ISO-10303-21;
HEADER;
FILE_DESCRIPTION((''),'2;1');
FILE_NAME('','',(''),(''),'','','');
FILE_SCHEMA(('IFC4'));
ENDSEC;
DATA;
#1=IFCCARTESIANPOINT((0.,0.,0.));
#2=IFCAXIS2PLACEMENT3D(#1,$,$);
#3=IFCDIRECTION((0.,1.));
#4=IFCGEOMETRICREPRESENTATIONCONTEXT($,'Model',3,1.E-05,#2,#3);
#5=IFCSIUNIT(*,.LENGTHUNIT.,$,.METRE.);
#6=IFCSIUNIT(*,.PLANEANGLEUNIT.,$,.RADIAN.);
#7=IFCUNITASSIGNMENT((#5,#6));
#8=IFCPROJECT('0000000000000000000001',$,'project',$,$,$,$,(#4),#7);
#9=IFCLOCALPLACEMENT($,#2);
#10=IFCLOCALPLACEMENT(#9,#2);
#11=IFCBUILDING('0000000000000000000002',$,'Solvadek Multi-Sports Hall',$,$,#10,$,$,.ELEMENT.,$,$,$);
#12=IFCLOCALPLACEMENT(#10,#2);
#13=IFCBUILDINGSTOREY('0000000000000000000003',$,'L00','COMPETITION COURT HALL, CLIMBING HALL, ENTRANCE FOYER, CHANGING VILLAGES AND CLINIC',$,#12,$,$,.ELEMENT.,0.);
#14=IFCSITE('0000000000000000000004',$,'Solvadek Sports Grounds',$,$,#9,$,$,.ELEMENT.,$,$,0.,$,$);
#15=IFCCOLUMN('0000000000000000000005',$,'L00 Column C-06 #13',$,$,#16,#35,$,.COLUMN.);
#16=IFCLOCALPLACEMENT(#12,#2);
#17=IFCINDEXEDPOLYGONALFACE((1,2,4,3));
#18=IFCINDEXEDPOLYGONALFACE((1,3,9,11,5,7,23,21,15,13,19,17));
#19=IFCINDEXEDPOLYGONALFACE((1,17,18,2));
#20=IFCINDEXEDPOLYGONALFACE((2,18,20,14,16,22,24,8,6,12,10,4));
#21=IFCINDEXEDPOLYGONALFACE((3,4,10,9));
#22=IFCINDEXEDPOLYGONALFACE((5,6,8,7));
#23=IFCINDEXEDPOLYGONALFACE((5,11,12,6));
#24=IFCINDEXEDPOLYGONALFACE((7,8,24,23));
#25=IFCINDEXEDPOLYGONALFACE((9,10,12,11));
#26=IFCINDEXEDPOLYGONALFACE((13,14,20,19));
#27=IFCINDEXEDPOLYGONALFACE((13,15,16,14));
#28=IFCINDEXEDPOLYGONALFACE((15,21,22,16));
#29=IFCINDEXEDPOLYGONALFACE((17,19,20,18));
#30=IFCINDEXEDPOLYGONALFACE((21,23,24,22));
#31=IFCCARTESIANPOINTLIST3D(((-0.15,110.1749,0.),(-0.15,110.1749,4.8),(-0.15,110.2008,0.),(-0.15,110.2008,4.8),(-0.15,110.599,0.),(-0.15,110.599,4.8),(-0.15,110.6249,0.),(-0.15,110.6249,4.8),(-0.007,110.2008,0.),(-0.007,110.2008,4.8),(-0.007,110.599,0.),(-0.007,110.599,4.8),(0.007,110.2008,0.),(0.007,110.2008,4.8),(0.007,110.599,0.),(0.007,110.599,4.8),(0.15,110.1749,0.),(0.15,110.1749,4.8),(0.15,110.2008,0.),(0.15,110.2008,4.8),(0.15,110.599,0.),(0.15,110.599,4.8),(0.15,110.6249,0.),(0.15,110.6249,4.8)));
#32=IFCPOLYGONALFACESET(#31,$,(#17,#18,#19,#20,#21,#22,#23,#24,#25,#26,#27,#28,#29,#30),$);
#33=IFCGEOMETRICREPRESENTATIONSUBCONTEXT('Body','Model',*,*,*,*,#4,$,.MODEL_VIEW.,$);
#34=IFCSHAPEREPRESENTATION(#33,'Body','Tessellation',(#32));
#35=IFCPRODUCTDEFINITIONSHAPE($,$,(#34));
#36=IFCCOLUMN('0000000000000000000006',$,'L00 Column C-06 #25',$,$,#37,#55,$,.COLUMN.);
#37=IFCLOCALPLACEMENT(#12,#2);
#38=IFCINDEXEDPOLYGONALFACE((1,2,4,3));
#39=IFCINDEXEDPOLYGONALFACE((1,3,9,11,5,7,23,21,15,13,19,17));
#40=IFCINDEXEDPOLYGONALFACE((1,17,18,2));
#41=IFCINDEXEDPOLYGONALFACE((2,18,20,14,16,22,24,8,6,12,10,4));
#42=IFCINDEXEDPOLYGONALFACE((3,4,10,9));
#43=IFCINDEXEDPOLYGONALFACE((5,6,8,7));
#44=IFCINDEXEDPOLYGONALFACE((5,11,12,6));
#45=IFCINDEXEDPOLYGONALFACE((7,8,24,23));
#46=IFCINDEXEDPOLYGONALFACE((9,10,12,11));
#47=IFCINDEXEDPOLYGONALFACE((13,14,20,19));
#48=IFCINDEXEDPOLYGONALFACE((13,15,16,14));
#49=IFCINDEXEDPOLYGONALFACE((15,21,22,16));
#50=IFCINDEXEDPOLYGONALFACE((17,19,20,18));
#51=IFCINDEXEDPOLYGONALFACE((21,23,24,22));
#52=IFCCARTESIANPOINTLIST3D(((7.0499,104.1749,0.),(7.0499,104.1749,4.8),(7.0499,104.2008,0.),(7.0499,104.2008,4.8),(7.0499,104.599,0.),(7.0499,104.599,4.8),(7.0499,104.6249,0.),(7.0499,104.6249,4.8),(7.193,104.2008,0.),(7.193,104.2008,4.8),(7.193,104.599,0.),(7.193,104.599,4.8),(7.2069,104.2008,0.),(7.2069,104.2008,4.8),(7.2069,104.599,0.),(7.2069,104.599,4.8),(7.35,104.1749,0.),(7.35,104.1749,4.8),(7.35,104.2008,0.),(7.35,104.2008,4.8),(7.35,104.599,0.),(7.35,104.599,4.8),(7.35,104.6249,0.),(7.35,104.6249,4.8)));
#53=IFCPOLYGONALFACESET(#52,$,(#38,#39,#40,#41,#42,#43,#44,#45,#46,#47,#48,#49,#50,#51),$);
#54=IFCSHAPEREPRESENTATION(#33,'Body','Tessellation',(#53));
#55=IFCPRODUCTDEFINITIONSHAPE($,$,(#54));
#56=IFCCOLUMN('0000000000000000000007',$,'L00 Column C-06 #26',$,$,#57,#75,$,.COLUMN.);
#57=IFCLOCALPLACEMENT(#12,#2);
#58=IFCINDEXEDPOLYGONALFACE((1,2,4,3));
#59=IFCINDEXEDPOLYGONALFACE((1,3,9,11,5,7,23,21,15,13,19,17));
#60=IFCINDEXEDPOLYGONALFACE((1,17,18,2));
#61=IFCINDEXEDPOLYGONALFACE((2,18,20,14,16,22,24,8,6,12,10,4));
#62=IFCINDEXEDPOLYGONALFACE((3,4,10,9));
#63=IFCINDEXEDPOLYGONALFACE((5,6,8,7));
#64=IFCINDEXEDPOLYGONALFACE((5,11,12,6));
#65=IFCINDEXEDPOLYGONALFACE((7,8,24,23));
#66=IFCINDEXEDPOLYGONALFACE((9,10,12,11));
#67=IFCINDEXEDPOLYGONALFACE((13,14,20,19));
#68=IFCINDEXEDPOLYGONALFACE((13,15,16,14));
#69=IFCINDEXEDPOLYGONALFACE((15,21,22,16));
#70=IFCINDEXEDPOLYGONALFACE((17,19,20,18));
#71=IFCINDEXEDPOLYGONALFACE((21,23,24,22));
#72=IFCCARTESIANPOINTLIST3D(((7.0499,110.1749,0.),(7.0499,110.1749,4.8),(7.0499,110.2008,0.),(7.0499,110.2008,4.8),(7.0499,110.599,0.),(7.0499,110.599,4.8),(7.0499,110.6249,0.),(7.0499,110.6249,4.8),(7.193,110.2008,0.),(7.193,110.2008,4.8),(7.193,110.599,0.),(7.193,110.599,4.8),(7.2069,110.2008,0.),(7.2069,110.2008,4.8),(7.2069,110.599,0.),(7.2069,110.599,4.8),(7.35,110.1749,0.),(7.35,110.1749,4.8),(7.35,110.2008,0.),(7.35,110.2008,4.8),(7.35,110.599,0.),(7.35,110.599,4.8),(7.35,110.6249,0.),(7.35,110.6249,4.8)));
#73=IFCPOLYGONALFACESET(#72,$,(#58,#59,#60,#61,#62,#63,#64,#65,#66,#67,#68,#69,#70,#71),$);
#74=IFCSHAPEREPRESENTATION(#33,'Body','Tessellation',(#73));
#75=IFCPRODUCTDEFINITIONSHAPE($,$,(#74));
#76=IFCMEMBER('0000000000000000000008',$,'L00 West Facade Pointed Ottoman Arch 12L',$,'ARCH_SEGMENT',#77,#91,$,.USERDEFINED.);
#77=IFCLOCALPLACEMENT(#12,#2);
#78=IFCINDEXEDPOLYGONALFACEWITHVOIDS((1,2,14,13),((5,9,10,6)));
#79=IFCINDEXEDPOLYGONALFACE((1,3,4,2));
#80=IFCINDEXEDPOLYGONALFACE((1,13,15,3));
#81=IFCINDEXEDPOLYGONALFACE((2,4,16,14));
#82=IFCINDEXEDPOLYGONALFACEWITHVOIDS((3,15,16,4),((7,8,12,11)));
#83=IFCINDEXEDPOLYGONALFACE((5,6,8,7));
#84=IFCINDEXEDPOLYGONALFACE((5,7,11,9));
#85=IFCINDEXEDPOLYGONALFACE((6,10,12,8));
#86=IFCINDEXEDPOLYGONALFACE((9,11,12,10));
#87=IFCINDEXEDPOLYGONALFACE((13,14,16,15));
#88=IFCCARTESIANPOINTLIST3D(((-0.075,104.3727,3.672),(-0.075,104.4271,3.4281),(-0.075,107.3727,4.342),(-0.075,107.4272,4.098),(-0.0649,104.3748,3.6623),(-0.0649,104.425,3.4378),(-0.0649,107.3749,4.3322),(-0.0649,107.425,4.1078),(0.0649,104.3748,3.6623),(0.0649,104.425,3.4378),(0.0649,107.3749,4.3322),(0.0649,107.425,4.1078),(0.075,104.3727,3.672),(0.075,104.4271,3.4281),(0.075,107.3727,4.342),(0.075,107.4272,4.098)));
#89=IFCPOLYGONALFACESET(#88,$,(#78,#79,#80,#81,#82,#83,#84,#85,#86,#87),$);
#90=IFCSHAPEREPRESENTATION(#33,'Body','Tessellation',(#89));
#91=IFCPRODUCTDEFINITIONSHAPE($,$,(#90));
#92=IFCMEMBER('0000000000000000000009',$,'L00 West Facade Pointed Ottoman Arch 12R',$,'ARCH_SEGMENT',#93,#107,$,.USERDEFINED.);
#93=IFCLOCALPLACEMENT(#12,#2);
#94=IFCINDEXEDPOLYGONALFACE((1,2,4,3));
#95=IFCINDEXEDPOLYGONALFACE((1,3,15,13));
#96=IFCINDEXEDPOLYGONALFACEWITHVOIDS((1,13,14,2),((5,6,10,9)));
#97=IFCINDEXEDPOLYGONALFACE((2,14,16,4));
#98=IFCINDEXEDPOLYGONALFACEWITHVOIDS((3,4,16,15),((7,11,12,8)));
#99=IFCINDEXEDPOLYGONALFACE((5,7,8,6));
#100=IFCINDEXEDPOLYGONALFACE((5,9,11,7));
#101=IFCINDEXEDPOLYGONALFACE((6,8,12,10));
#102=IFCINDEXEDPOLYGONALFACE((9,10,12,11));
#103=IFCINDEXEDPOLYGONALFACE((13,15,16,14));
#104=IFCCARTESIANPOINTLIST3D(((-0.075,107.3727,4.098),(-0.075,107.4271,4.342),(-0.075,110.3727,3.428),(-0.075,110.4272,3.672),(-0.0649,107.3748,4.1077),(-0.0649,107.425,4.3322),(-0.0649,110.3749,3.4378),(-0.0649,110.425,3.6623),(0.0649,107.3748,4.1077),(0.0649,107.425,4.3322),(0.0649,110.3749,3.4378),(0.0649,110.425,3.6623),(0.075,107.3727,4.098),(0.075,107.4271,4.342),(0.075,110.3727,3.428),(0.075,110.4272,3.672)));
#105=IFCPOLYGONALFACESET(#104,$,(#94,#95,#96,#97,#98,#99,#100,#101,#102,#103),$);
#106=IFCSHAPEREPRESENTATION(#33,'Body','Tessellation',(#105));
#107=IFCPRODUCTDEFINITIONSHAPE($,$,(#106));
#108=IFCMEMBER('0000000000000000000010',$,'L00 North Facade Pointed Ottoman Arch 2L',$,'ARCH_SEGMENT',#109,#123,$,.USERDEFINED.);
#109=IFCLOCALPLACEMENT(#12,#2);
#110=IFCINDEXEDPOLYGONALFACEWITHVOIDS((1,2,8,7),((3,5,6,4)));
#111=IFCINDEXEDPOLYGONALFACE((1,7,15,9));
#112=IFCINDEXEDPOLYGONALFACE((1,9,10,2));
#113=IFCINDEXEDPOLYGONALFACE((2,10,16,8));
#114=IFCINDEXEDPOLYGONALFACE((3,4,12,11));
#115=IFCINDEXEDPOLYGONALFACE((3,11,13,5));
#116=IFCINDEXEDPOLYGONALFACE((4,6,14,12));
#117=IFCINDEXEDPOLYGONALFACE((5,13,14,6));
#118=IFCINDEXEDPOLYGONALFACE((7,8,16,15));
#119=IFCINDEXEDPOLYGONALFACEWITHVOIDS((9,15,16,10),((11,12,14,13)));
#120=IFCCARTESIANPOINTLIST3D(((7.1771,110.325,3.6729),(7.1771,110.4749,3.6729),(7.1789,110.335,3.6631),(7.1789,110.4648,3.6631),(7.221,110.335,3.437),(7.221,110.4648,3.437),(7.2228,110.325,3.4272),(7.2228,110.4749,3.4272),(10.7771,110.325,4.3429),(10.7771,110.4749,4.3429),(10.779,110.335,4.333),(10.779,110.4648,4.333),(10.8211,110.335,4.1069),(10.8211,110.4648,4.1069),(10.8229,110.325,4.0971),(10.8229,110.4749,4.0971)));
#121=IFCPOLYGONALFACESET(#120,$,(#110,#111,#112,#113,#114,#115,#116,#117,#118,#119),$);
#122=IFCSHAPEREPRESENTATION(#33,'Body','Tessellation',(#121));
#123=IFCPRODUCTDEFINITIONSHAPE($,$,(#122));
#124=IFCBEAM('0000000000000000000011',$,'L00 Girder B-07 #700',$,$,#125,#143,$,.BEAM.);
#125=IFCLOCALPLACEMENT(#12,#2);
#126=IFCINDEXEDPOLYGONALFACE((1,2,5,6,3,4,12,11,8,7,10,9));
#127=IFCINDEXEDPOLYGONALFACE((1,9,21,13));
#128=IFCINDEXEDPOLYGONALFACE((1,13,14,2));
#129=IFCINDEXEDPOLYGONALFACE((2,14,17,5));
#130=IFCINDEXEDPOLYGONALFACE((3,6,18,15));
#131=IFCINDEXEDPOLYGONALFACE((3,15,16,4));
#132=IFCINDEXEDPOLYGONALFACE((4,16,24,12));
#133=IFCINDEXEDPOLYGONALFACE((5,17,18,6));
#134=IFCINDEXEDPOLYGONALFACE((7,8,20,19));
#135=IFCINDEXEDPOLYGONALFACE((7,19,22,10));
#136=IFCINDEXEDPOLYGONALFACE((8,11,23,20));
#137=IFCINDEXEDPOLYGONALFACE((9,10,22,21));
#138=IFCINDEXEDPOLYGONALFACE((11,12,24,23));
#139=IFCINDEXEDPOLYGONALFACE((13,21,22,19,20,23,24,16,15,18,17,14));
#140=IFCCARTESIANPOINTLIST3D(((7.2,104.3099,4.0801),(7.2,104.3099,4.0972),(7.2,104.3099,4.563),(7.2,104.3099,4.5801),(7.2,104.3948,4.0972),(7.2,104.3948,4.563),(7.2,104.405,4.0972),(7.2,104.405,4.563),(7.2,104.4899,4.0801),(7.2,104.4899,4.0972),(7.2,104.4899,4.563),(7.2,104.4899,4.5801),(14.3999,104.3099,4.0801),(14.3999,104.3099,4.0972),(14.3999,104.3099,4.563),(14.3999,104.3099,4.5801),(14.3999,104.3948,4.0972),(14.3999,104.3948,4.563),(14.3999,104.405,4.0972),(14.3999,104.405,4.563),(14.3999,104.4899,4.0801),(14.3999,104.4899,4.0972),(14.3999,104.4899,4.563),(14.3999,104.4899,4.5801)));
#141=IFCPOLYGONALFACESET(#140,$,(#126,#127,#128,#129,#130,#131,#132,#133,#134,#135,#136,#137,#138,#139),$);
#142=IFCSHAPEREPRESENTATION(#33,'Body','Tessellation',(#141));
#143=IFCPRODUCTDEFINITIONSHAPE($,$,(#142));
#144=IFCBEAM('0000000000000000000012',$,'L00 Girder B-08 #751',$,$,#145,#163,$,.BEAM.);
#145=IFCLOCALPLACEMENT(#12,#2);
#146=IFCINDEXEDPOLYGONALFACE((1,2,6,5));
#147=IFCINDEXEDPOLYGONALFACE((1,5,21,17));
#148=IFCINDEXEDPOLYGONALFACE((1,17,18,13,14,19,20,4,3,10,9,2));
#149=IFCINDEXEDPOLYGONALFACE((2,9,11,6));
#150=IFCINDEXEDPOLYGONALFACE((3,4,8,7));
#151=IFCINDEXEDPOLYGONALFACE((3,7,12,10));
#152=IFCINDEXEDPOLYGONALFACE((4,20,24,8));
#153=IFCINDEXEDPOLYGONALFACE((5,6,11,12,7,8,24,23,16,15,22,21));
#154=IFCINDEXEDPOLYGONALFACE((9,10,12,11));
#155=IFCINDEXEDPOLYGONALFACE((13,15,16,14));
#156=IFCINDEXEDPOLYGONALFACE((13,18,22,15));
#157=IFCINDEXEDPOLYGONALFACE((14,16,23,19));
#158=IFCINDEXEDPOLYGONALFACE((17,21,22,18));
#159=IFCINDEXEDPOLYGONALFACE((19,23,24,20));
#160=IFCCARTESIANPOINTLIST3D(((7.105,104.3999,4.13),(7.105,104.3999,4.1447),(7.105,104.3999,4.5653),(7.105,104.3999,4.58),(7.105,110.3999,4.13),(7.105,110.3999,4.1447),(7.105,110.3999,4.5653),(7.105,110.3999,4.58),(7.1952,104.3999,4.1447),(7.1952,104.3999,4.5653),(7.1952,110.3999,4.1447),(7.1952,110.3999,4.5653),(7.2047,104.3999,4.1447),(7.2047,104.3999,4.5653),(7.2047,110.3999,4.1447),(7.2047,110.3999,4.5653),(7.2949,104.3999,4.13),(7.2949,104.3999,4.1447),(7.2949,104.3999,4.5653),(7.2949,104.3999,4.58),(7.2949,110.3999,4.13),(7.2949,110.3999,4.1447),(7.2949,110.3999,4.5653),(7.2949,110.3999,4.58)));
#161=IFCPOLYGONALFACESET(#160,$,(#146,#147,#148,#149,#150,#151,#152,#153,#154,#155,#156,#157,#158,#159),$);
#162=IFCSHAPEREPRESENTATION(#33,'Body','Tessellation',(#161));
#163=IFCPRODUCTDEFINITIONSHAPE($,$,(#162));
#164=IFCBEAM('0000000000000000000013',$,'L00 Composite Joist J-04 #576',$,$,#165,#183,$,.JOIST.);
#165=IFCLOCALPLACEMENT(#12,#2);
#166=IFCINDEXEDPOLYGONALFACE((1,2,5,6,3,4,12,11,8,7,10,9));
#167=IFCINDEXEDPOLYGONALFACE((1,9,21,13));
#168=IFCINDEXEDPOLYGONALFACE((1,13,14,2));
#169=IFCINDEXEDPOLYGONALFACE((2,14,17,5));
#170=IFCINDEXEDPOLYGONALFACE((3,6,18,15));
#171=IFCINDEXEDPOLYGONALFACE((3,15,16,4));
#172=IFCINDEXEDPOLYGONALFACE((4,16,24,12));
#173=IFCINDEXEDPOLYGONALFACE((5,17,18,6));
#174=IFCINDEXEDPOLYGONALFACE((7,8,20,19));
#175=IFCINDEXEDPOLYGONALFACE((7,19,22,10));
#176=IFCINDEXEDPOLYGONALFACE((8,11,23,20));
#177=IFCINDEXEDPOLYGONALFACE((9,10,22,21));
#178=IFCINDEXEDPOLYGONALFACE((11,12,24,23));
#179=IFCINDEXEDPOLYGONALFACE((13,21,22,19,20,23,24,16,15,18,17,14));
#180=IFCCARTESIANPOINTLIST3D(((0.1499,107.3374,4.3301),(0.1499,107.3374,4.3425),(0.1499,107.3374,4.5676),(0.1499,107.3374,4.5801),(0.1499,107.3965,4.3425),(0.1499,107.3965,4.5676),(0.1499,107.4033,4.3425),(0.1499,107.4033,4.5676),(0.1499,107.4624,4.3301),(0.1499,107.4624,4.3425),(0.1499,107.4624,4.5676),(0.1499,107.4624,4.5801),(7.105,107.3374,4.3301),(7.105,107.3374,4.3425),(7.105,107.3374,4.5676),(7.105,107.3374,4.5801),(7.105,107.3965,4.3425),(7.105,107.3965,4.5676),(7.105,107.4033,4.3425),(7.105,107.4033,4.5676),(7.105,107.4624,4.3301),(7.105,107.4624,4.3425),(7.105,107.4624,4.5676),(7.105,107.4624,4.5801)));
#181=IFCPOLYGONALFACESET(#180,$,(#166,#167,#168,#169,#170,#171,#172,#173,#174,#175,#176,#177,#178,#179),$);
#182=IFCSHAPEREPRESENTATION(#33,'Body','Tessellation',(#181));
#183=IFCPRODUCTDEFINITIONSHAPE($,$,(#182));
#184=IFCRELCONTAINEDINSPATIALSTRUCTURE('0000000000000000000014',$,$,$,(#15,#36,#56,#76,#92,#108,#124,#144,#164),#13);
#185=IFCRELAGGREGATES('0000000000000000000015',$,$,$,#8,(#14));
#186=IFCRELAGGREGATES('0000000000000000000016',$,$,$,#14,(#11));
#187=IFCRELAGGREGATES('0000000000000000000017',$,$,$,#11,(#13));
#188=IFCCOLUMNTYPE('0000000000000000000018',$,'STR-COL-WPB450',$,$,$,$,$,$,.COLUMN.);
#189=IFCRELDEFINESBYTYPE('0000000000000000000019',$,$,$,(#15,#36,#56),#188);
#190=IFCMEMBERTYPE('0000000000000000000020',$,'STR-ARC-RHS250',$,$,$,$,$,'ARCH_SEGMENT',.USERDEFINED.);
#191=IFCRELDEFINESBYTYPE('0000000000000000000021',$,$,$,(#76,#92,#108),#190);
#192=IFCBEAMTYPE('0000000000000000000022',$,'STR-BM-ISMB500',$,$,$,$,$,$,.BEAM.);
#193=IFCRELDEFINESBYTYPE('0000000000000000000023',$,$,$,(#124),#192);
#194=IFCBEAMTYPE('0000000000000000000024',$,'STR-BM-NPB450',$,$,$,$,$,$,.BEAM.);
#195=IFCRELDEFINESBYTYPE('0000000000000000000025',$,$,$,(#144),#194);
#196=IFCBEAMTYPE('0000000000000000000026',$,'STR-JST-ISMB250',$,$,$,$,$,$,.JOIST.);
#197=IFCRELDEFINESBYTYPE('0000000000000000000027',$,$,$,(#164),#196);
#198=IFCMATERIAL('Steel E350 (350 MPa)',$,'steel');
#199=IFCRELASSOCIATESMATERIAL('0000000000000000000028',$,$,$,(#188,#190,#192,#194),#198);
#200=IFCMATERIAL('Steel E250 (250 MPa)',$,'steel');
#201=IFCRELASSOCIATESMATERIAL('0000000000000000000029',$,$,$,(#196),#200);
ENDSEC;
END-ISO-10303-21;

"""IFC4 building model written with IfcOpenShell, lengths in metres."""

from ifc_helpers import new_model, si_unit, direction, frame, origin, origin_2d, place, context, subcontext, project, spatial, hollow_rectangle, i_section, extrude, material, material_profile, profile_set, type_object, element, save


model = new_model("IFC4")

# Units and contexts
model_context = context("Model", 3, precision=1e-05, world=origin(), true_north=direction((0.0, 1.0)))
body_context = subcontext(model_context, "Body", "Model", "MODEL_VIEW")
ifc_project = project(units=[si_unit("LENGTHUNIT", "METRE"), si_unit("PLANEANGLEUNIT", "RADIAN")], contexts=[model_context])

# Site, building, storey
site_placement = place(None, origin())
site = spatial("IfcSite", under=ifc_project, at=site_placement, Name="Solvadek Sports Grounds", CompositionType="ELEMENT", RefElevation=0.0)
building_placement = place(site_placement, origin())
building = spatial("IfcBuilding", under=site, at=building_placement, Name="Solvadek Multi-Sports Hall", CompositionType="ELEMENT")
storey_placement = place(building_placement, origin())
storey = spatial("IfcBuildingStorey", under=building, at=storey_placement, Name="L00", Description="COMPETITION COURT HALL, CLIMBING HALL, ENTRANCE FOYER, CHANGING VILLAGES AND CLINIC", CompositionType="ELEMENT", Elevation=0.0)

# Columns
ifc_material_1 = material(Name="Steel E350 (350 MPa)", Category="steel")
ifc_material_profile_1 = material_profile(ifc_material_1, i_section(OverallWidth=0.3, OverallDepth=0.45, WebThickness=0.0139, FlangeThickness=0.0259, at=origin_2d()), Name="WPB 450")
ifc_profile_set_1 = profile_set([ifc_material_profile_1], Name="Steel E350 (350 MPa)")
column_type = type_object("IfcColumnType", Name="STR-COL-WPB450", PredefinedType="COLUMN", material=ifc_profile_set_1)
for number, where, z_axis, x_axis, name in (
    (1, (0.0, 110.3999, 0.0), (0.0, 0.0, 1.0), (1.0, 0.0, 0.0), "L00 Column C-06 #13"),
    (2, (7.2, 104.3999, 0.0), (0.0, 0.0, 1.0), (1.0, 0.0, 0.0), "L00 Column C-06 #25"),
    (3, (7.2, 110.3999, 0.0), (0.0, 0.0, 1.0), (1.0, 0.0, 0.0), "L00 Column C-06 #26"),
):
    element("IfcColumn", number, at=place(storey_placement, frame(where, z_axis=z_axis, x_axis=x_axis)), inside=storey, type_object=column_type, Name=name, PredefinedType="COLUMN", context=body_context, shape_type="SweptSolid", body=[
        extrude(i_section(OverallWidth=0.3, OverallDepth=0.45, WebThickness=0.0139, FlangeThickness=0.0259, at=origin_2d()), origin(), (0.0, 0.0, 1.0), 4.8),
    ])

# Members
ifc_material_profile_2 = material_profile(ifc_material_1, hollow_rectangle(XDim=0.1499, YDim=0.25, WallThickness=0.01, at=origin_2d()), Name="RHS 250x150x10")
ifc_profile_set_2 = profile_set([ifc_material_profile_2], Name="Steel E350 (350 MPa)")
member_type = type_object("IfcMemberType", Name="STR-ARC-RHS250", ElementType="ARCH_SEGMENT", PredefinedType="USERDEFINED", material=ifc_profile_set_2)
for number, where, z_axis, x_axis, name in (
    (4, (0.0, 104.3999, 3.55), (0.0, 0.975962, 0.217939), (-1.0, 0.0, 0.0), "L00 West Facade Pointed Ottoman Arch 12L"),
    (5, (0.0, 107.3999, 4.22), (0.0, 0.975962, -0.217939), (-1.0, 0.0, 0.0), "L00 West Facade Pointed Ottoman Arch 12R"),
):
    element("IfcMember", number, at=place(storey_placement, frame(where, z_axis=z_axis, x_axis=x_axis)), inside=storey, type_object=member_type, Name=name, ObjectType="ARCH_SEGMENT", PredefinedType="USERDEFINED", context=body_context, shape_type="SweptSolid", body=[
        extrude(hollow_rectangle(XDim=0.1499, YDim=0.25, WallThickness=0.01, at=origin_2d()), origin(), (0.0, 0.0, 1.0), 3.074),
    ])
member_placement = place(storey_placement, frame((7.2, 110.3999, 3.55), z_axis=(0.983123, 0.0, 0.182944), x_axis=(0.0, 1.0, 0.0)))
element("IfcMember", 6, at=member_placement, inside=storey, type_object=member_type, Name="L00 North Facade Pointed Ottoman Arch 2L", ObjectType="ARCH_SEGMENT", PredefinedType="USERDEFINED", context=body_context, shape_type="SweptSolid", body=[
    extrude(hollow_rectangle(XDim=0.1499, YDim=0.25, WallThickness=0.01, at=origin_2d()), origin(), (0.0, 0.0, 1.0), 3.6619),
])

# Beams
ifc_material_profile_3 = material_profile(ifc_material_1, i_section(OverallWidth=0.1799, OverallDepth=0.5, WebThickness=0.0103, FlangeThickness=0.0171, at=origin_2d()), Name="ISMB 500")
ifc_profile_set_3 = profile_set([ifc_material_profile_3], Name="Steel E350 (350 MPa)")
beam_type_1 = type_object("IfcBeamType", Name="STR-BM-ISMB500", PredefinedType="BEAM", material=ifc_profile_set_3)
beam_1_placement = place(storey_placement, frame((7.2, 104.3999, 4.3301), z_axis=(1.0, 0.0, 0.0), x_axis=(0.0, 1.0, 0.0)))
element("IfcBeam", 7, at=beam_1_placement, inside=storey, type_object=beam_type_1, Name="L00 Girder B-07 #700", PredefinedType="BEAM", context=body_context, shape_type="SweptSolid", body=[
    extrude(i_section(OverallWidth=0.1799, OverallDepth=0.5, WebThickness=0.0103, FlangeThickness=0.0171, at=origin_2d()), origin(), (0.0, 0.0, 1.0), 7.2),
])
ifc_material_profile_4 = material_profile(ifc_material_1, i_section(OverallWidth=0.1899, OverallDepth=0.45, WebThickness=0.0095, FlangeThickness=0.0146, at=origin_2d()), Name="NPB 450")
ifc_profile_set_4 = profile_set([ifc_material_profile_4], Name="Steel E350 (350 MPa)")
beam_type_2 = type_object("IfcBeamType", Name="STR-BM-NPB450", PredefinedType="BEAM", material=ifc_profile_set_4)
beam_2_placement = place(storey_placement, frame((7.2, 104.3999, 4.355), z_axis=(0.0, 1.0, 0.0), x_axis=(-1.0, 0.0, 0.0)))
element("IfcBeam", 8, at=beam_2_placement, inside=storey, type_object=beam_type_2, Name="L00 Girder B-08 #751", PredefinedType="BEAM", context=body_context, shape_type="SweptSolid", body=[
    extrude(i_section(OverallWidth=0.1899, OverallDepth=0.45, WebThickness=0.0095, FlangeThickness=0.0146, at=origin_2d()), origin(), (0.0, 0.0, 1.0), 6.0),
])
ifc_material_2 = material(Name="Steel E250 (250 MPa)", Category="steel")
ifc_material_profile_5 = material_profile(ifc_material_2, i_section(OverallWidth=0.125, OverallDepth=0.25, WebThickness=0.0068, FlangeThickness=0.0125, at=origin_2d()), Name="ISMB 250")
ifc_profile_set_5 = profile_set([ifc_material_profile_5], Name="Steel E250 (250 MPa)")
beam_type_3 = type_object("IfcBeamType", Name="STR-JST-ISMB250", PredefinedType="JOIST", material=ifc_profile_set_5)
beam_3_placement = place(storey_placement, frame((0.1499, 107.3999, 4.4551), z_axis=(1.0, 0.0, 0.0), x_axis=(0.0, 1.0, 0.0)))
element("IfcBeam", 9, at=beam_3_placement, inside=storey, type_object=beam_type_3, Name="L00 Composite Joist J-04 #576", PredefinedType="JOIST", context=body_context, shape_type="SweptSolid", body=[
    extrude(i_section(OverallWidth=0.125, OverallDepth=0.25, WebThickness=0.0068, FlangeThickness=0.0125, at=origin_2d()), origin(), (0.0, 0.0, 1.0), 6.9551),
])

save(model, "model.ifc")
